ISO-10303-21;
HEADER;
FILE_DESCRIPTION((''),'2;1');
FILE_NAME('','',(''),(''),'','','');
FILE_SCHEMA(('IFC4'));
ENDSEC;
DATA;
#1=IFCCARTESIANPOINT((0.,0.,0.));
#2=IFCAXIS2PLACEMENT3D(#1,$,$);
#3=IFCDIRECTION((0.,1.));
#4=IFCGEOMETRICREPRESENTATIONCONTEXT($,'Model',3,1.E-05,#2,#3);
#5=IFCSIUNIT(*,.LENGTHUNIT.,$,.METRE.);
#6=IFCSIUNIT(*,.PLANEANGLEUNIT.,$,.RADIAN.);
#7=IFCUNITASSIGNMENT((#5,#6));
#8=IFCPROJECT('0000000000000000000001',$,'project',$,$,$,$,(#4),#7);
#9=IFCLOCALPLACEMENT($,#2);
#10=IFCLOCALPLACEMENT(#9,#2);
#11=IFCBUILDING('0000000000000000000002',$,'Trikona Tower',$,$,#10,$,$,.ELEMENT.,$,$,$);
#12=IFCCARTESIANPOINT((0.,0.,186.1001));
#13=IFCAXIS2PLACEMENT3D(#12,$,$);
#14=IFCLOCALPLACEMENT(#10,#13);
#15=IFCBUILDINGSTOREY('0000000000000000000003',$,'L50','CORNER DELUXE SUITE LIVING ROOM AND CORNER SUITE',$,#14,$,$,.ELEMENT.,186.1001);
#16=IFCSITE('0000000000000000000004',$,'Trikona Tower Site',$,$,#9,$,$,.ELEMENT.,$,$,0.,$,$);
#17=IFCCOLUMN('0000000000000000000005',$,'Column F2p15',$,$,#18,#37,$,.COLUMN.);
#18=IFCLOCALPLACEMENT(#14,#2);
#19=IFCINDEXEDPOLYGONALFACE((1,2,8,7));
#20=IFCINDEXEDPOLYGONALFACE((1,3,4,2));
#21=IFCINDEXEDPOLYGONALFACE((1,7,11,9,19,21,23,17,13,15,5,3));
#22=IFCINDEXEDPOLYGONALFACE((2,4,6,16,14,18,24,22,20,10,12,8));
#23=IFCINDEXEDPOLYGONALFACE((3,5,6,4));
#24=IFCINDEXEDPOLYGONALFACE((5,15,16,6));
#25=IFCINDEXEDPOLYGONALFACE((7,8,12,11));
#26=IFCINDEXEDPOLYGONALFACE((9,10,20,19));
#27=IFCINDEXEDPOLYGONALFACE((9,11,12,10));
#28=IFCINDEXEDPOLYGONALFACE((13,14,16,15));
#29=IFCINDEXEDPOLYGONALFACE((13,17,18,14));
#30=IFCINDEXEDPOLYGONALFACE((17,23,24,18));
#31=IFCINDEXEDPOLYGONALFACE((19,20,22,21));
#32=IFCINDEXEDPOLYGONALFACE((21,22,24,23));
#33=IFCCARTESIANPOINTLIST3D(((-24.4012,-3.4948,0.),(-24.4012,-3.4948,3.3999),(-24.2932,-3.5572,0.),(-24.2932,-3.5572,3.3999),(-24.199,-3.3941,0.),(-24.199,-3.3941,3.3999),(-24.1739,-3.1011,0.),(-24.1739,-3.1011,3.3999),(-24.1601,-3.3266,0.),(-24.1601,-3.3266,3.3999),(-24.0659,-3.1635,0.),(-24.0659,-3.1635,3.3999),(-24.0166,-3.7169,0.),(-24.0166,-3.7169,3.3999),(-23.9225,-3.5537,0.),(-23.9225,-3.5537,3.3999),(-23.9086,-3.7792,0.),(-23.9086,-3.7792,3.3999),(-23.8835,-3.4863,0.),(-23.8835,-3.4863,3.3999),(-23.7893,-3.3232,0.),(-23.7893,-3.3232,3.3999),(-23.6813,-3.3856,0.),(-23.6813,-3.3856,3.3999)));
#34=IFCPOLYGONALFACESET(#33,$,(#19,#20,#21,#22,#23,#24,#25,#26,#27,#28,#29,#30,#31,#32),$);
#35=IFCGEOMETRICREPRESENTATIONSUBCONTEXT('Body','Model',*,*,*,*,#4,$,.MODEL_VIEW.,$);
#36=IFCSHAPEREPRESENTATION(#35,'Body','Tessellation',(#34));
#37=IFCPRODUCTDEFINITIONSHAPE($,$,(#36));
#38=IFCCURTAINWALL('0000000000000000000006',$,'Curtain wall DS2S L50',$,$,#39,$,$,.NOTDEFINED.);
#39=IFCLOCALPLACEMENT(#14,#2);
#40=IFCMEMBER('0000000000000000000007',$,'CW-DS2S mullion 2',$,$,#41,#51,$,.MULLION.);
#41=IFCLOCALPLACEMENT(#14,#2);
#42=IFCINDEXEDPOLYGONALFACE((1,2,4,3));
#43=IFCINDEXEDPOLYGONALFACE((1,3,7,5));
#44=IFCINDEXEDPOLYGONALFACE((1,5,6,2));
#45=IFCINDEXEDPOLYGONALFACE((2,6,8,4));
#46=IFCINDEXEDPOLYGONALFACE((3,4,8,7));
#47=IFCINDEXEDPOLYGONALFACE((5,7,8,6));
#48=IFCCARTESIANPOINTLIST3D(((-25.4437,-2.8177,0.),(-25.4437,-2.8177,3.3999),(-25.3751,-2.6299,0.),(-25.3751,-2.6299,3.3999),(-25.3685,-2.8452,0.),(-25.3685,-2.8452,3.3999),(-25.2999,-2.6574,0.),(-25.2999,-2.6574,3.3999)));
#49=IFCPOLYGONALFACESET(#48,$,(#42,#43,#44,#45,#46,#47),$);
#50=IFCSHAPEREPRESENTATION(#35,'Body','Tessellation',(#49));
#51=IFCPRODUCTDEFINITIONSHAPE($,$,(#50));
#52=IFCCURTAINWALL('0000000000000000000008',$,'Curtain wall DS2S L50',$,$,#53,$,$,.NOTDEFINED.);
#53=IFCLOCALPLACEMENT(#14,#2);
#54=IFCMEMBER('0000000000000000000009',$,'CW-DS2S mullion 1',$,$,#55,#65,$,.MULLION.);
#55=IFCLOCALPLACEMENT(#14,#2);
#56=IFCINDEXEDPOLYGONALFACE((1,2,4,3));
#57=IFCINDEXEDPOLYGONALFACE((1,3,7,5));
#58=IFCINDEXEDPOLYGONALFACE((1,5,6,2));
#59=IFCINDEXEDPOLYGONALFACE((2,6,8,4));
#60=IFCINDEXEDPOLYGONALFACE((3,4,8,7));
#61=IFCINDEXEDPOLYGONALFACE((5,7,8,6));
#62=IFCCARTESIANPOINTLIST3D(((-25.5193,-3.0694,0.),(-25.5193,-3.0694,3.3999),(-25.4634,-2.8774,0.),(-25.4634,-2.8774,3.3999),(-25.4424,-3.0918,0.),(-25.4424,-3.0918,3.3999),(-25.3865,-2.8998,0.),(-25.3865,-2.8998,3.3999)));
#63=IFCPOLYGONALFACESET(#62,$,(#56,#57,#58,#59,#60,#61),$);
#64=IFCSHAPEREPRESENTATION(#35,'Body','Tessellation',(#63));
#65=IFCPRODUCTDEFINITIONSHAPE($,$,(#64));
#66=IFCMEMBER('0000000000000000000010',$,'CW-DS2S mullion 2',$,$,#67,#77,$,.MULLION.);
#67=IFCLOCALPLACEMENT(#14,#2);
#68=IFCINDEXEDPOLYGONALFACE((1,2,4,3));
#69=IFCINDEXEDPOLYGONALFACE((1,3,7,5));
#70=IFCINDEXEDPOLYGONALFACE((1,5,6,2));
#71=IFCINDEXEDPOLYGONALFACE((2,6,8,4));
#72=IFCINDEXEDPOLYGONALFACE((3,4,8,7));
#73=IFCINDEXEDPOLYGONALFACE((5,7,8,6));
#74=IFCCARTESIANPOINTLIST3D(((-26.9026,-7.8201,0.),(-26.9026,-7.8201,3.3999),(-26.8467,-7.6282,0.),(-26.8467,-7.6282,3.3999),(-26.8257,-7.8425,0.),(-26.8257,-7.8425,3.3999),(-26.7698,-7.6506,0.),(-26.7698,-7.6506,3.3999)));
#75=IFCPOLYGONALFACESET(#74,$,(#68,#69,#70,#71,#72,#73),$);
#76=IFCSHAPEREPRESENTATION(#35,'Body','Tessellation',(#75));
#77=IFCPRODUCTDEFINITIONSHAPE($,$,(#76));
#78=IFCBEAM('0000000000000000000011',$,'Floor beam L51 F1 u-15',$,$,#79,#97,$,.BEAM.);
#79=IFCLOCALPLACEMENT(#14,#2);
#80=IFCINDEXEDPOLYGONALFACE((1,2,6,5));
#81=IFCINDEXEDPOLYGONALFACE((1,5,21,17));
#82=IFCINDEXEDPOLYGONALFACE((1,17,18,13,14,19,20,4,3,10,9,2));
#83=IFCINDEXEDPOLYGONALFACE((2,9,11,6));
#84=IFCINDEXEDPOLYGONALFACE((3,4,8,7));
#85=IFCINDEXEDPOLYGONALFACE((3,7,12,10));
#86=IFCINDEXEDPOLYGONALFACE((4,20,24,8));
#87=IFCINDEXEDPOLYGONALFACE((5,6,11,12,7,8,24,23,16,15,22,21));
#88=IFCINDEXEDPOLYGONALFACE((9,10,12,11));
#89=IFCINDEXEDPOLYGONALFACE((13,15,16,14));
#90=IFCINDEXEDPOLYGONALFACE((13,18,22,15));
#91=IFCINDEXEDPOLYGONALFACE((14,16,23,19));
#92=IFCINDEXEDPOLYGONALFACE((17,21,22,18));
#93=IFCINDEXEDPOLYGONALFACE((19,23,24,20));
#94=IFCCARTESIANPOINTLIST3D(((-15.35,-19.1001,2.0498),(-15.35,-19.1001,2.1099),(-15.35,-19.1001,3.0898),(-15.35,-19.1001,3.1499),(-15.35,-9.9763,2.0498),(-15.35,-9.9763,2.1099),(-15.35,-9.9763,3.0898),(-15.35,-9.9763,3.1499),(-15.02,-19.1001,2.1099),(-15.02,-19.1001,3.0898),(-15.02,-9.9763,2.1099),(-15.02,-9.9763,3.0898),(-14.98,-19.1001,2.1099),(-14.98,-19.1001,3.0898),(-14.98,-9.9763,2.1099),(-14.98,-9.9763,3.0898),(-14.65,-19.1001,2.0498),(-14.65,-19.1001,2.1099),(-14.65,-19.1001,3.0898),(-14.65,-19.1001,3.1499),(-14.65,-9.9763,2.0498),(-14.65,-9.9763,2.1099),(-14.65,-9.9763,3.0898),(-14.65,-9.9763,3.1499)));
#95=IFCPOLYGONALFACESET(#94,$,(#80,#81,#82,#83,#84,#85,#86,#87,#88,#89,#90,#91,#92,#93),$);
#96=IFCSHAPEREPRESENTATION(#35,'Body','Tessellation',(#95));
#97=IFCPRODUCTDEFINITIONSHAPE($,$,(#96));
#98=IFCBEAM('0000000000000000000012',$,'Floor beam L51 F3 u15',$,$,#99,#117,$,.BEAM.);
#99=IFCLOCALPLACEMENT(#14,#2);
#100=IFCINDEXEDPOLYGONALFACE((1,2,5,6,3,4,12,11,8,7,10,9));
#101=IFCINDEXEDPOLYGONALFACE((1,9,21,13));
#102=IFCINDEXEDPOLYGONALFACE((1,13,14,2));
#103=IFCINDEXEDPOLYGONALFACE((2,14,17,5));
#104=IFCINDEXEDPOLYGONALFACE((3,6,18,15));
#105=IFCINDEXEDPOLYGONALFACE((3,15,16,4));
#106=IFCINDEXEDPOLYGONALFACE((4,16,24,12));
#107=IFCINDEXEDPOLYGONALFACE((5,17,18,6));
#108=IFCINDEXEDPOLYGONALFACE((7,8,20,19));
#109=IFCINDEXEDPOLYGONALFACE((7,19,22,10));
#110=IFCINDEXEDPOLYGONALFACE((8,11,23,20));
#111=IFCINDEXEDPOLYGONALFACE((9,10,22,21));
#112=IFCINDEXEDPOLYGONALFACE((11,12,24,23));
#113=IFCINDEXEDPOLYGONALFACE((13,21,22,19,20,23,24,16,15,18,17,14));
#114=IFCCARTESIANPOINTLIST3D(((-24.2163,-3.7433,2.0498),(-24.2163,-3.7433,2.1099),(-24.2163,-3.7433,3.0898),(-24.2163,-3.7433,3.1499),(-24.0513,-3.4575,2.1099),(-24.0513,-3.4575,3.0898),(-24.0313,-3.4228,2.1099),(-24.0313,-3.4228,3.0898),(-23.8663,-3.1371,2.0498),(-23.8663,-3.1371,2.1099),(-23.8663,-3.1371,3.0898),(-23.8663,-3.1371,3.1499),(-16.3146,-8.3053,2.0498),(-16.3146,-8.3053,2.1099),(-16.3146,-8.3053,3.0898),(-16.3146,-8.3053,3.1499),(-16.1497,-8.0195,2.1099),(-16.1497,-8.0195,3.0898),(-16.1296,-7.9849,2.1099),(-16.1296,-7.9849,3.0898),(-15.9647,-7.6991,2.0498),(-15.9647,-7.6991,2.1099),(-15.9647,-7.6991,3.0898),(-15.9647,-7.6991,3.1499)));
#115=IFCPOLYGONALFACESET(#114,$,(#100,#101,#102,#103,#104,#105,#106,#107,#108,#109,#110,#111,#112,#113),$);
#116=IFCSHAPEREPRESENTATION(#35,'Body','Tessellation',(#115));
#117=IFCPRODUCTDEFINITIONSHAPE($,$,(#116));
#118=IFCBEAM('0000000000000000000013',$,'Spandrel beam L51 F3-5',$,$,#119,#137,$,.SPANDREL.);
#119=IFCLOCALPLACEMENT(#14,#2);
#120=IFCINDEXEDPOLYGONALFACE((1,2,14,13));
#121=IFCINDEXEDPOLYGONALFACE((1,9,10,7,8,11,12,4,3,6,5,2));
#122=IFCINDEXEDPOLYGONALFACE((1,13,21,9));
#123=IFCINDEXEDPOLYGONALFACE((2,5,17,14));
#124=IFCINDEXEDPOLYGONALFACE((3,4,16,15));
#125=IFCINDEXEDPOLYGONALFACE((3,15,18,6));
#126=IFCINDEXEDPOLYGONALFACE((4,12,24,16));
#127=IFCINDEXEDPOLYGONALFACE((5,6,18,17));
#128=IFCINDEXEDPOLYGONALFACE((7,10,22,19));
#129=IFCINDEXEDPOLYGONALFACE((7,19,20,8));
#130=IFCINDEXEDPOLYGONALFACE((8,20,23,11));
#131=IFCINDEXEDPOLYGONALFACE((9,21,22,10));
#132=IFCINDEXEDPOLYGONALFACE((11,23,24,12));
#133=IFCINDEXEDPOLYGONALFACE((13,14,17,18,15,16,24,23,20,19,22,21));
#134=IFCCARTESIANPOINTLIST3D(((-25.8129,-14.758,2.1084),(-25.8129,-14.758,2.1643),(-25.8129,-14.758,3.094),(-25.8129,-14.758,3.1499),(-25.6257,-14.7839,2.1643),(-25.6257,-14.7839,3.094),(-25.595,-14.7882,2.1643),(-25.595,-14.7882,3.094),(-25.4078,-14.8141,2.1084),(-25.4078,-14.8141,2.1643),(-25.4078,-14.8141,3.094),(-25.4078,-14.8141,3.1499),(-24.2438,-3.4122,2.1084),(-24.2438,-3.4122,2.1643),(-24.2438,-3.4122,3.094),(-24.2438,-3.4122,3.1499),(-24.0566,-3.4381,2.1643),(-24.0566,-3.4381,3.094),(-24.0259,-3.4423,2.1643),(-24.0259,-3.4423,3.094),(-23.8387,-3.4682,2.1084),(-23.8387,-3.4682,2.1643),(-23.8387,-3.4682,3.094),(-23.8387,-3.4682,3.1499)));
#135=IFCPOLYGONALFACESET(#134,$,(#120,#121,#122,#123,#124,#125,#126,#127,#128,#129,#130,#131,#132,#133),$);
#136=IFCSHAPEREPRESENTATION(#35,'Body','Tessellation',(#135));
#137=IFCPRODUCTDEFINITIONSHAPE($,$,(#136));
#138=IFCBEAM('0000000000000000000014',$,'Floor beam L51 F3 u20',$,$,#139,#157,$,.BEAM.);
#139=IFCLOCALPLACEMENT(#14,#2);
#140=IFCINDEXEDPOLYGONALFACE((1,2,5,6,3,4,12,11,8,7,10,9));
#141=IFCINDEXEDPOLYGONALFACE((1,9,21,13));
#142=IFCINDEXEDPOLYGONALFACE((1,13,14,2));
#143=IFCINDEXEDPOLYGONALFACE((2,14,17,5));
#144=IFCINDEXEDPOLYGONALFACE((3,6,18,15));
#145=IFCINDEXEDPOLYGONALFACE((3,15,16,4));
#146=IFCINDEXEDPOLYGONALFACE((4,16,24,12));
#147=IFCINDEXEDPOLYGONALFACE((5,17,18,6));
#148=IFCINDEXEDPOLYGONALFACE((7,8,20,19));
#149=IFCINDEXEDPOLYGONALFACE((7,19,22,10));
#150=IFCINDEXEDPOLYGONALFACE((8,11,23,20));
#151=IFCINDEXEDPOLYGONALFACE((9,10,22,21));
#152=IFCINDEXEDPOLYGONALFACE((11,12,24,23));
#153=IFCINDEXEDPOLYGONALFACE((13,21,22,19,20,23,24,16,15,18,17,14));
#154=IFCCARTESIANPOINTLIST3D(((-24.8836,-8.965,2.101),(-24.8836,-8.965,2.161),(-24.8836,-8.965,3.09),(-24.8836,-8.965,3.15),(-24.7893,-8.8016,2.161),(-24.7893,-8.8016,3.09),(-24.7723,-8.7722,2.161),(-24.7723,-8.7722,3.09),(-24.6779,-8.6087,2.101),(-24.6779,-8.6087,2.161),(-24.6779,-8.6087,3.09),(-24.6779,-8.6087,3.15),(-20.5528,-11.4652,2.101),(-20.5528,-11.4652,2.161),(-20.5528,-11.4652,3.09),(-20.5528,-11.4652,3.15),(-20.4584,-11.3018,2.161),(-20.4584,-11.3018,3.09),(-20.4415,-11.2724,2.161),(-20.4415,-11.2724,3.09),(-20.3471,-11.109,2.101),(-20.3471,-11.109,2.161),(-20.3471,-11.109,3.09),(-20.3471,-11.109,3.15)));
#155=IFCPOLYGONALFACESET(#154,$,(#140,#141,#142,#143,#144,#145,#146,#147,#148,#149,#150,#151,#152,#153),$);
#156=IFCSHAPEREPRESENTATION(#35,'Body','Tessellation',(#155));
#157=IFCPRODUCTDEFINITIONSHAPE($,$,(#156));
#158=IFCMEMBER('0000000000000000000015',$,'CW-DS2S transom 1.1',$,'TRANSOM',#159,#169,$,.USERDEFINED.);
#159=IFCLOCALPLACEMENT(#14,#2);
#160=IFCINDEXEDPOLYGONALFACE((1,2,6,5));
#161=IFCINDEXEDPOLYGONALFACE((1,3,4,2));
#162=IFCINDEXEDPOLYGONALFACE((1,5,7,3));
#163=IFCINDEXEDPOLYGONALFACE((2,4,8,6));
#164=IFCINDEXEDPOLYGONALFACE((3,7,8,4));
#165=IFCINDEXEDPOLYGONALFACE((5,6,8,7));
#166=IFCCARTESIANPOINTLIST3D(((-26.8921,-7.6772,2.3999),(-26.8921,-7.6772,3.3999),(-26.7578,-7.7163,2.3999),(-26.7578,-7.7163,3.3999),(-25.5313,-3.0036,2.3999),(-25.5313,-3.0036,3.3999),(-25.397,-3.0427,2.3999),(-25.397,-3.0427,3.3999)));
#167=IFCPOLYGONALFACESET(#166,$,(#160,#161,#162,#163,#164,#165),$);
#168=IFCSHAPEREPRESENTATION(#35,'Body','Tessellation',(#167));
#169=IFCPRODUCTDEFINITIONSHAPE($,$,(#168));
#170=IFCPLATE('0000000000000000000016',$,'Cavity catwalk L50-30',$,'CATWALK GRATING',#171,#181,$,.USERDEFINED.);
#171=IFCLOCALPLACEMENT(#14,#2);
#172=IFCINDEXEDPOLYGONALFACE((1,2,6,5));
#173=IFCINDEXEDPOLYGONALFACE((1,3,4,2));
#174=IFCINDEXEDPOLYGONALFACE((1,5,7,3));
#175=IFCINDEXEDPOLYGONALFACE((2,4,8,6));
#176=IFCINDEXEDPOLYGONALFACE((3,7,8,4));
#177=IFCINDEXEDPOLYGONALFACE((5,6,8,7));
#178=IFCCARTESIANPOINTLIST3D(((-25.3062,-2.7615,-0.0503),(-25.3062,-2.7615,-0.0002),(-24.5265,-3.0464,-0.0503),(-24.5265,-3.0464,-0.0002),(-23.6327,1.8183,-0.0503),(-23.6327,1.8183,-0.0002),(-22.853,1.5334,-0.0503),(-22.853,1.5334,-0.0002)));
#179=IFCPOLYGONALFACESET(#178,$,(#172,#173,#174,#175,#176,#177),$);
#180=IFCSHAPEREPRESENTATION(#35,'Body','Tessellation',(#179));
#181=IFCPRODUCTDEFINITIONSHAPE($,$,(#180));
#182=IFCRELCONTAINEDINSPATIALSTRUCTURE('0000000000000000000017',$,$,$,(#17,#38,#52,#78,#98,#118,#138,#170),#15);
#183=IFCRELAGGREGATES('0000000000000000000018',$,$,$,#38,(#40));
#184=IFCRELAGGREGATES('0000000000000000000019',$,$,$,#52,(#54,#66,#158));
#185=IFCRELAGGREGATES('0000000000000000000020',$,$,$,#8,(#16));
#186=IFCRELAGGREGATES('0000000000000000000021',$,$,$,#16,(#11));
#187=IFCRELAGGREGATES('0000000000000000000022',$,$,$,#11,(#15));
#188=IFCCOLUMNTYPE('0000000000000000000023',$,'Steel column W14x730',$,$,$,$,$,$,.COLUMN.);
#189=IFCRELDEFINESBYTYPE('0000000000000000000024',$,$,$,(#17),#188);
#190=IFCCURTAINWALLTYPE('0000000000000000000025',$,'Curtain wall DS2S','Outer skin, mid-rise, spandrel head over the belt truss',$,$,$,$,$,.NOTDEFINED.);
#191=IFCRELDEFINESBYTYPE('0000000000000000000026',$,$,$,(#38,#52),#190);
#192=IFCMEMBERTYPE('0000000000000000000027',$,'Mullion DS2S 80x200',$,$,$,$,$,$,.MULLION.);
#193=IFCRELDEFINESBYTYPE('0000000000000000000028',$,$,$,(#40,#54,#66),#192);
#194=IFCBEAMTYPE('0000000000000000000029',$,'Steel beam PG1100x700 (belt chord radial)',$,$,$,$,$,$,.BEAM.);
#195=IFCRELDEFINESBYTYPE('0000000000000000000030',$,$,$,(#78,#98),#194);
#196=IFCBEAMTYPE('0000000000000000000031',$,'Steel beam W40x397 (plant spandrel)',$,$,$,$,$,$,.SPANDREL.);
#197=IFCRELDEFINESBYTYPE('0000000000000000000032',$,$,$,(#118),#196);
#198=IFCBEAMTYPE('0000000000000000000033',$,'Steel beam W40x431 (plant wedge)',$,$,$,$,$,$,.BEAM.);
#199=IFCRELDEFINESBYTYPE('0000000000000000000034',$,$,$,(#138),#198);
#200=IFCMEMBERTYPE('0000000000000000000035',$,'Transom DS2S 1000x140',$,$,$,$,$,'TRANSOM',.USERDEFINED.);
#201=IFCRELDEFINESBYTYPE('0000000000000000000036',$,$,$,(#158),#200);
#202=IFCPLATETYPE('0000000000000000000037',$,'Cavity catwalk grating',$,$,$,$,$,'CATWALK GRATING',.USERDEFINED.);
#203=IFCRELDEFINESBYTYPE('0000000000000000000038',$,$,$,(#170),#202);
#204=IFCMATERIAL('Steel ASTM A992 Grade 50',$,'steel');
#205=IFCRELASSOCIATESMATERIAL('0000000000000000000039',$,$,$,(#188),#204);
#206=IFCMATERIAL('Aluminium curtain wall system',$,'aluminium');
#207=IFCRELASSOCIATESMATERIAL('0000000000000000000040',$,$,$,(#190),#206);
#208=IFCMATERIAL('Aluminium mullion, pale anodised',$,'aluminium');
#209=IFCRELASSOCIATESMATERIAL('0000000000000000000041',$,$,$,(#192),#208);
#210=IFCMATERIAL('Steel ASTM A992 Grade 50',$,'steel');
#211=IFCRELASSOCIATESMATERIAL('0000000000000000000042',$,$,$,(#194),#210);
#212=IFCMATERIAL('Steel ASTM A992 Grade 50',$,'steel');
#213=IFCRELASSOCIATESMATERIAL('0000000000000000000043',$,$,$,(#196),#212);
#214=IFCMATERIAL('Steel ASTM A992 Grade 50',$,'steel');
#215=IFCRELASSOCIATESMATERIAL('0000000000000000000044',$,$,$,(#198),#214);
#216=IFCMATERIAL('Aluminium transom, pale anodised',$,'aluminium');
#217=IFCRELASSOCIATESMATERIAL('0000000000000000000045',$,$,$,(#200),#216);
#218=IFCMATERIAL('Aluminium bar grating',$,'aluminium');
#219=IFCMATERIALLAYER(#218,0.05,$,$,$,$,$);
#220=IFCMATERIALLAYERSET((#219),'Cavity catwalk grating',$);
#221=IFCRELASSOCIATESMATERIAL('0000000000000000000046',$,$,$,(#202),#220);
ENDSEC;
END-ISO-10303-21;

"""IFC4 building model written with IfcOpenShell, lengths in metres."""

from ifc_helpers import new_model, si_unit, direction, frame, origin, origin_2d, place, context, subcontext, project, spatial, rectangle, i_section, extrude, material, layer, layer_set, material_profile, profile_set, type_object, element, aggregate, save


model = new_model("IFC4")

# Units and contexts
model_context = context("Model", 3, precision=1e-05, world=origin(), true_north=direction((0.0, 1.0)))
body_context = subcontext(model_context, "Body", "Model", "MODEL_VIEW")
ifc_project = project(units=[si_unit("LENGTHUNIT", "METRE"), si_unit("PLANEANGLEUNIT", "RADIAN")], contexts=[model_context])

# Site, building, storey
site_placement = place(None, origin())
site = spatial("IfcSite", under=ifc_project, at=site_placement, Name="Trikona Tower Site", CompositionType="ELEMENT", RefElevation=0.0)
building_placement = place(site_placement, origin())
building = spatial("IfcBuilding", under=site, at=building_placement, Name="Trikona Tower", CompositionType="ELEMENT")
storey_placement = place(building_placement, frame((0.0, 0.0, 186.1001)))
storey = spatial("IfcBuildingStorey", under=building, at=storey_placement, Name="L50", Description="CORNER DELUXE SUITE LIVING ROOM AND CORNER SUITE", CompositionType="ELEMENT", Elevation=186.1001)

# Column
ifc_material_1 = material(Name="Steel ASTM A992 Grade 50", Category="steel")
ifc_material_profile_1 = material_profile(ifc_material_1, i_section(OverallWidth=0.4546, OverallDepth=0.5688, WebThickness=0.0779, FlangeThickness=0.1248, at=origin_2d()), Name="W14X730")
ifc_profile_set_1 = profile_set([ifc_material_profile_1], Name="Steel ASTM A992 Grade 50")
column_type = type_object("IfcColumnType", Name="Steel column W14x730", PredefinedType="COLUMN", material=ifc_profile_set_1)
column_placement = place(storey_placement, frame((-24.0413, -3.4402, 0.0), z_axis=(0.0, 0.0, 1.0), x_axis=(-0.5, -0.866025, 0.0)))
element("IfcColumn", 1, at=column_placement, inside=storey, type_object=column_type, Name="Column F2p15", PredefinedType="COLUMN", context=body_context, shape_type="SweptSolid", body=[
    extrude(i_section(OverallWidth=0.4546, OverallDepth=0.5688, WebThickness=0.0779, FlangeThickness=0.1248, at=origin_2d()), origin(), (0.0, 0.0, 1.0), 3.3999),
])

# Curtain wall, member
ifc_material_2 = material(Name="Aluminium curtain wall system", Category="aluminium")
curtain_wall_type = type_object("IfcCurtainWallType", Name="Curtain wall DS2S", Description="Outer skin, mid-rise, spandrel head over the belt truss", PredefinedType="NOTDEFINED", material=ifc_material_2)
curtain_wall_1_placement = place(storey_placement, origin())
curtain_wall_1 = element("IfcCurtainWall", 2, at=curtain_wall_1_placement, inside=storey, type_object=curtain_wall_type, Name="Curtain wall DS2S L50", PredefinedType="NOTDEFINED")
ifc_material_3 = material(Name="Aluminium mullion, pale anodised", Category="aluminium")
ifc_material_profile_2 = material_profile(ifc_material_3, rectangle(XDim=0.0801, YDim=0.2, at=origin_2d()), Name="MUL-DS2S")
ifc_profile_set_2 = profile_set([ifc_material_profile_2], Name="Aluminium mullion, pale anodised")
member_type_1 = type_object("IfcMemberType", Name="Mullion DS2S 80x200", PredefinedType="MULLION", material=ifc_profile_set_2)
member_1_placement = place(storey_placement, frame((-25.3718, -2.7375, 0.0), z_axis=(0.0, 0.0, 1.0), x_axis=(0.939254, -0.343223, 0.0)))
member_1 = element("IfcMember", 3, at=member_1_placement, type_object=member_type_1, Name="CW-DS2S mullion 2", PredefinedType="MULLION", context=body_context, shape_type="SweptSolid", body=[
    extrude(rectangle(XDim=0.0801, YDim=0.2, at=origin_2d()), origin(), (0.0, 0.0, 1.0), 3.3999),
])
aggregate(curtain_wall_1, [member_1])

# Curtain wall, members
curtain_wall_2_placement = place(storey_placement, origin())
curtain_wall_2 = element("IfcCurtainWall", 4, at=curtain_wall_2_placement, inside=storey, type_object=curtain_wall_type, Name="Curtain wall DS2S L50", PredefinedType="NOTDEFINED")
member_2_placement = place(storey_placement, frame((-25.4529, -2.9846, 0.0), z_axis=(0.0, 0.0, 1.0), x_axis=(0.960133, -0.279543, 0.0)))
member_2 = element("IfcMember", 5, at=member_2_placement, type_object=member_type_1, Name="CW-DS2S mullion 1", PredefinedType="MULLION", context=body_context, shape_type="SweptSolid", body=[
    extrude(rectangle(XDim=0.0801, YDim=0.2, at=origin_2d()), origin(), (0.0, 0.0, 1.0), 3.3999),
])
member_3_placement = place(storey_placement, frame((-26.8362, -7.7354, 0.0), z_axis=(0.0, 0.0, 1.0), x_axis=(0.960133, -0.279543, 0.0)))
member_3 = element("IfcMember", 6, at=member_3_placement, type_object=member_type_1, Name="CW-DS2S mullion 2", PredefinedType="MULLION", context=body_context, shape_type="SweptSolid", body=[
    extrude(rectangle(XDim=0.0801, YDim=0.2, at=origin_2d()), origin(), (0.0, 0.0, 1.0), 3.3999),
])

# Beams
ifc_material_4 = material(Name="Steel ASTM A992 Grade 50", Category="steel")
ifc_material_profile_3 = material_profile(ifc_material_4, i_section(OverallWidth=0.7, OverallDepth=1.1001, WebThickness=0.04, FlangeThickness=0.0601, at=origin_2d()), Name="PG1100X700")
ifc_profile_set_3 = profile_set([ifc_material_profile_3], Name="Steel ASTM A992 Grade 50")
beam_type_1 = type_object("IfcBeamType", Name="Steel beam PG1100x700 (belt chord radial)", PredefinedType="BEAM", material=ifc_profile_set_3)
beam_1_placement = place(storey_placement, frame((-15.0, -9.9763, 2.5999), z_axis=(0.0, -1.0, 0.0), x_axis=(1.0, 0.0, 0.0)))
element("IfcBeam", 7, at=beam_1_placement, inside=storey, type_object=beam_type_1, Name="Floor beam L51 F1 u-15", PredefinedType="BEAM", context=body_context, shape_type="SweptSolid", body=[
    extrude(i_section(OverallWidth=0.7, OverallDepth=1.1001, WebThickness=0.04, FlangeThickness=0.0601, at=origin_2d()), origin(), (0.0, 0.0, 1.0), 9.1238),
])
beam_2_placement = place(storey_placement, frame((-16.1396, -8.0022, 2.5999), z_axis=(-0.866025, 0.500001, 0.0), x_axis=(-0.500001, -0.866025, 0.0)))
element("IfcBeam", 8, at=beam_2_placement, inside=storey, type_object=beam_type_1, Name="Floor beam L51 F3 u15", PredefinedType="BEAM", context=body_context, shape_type="SweptSolid", body=[
    extrude(i_section(OverallWidth=0.7, OverallDepth=1.1001, WebThickness=0.04, FlangeThickness=0.0601, at=origin_2d()), origin(), (0.0, 0.0, 1.0), 9.124),
])
ifc_material_5 = material(Name="Steel ASTM A992 Grade 50", Category="steel")
ifc_material_profile_4 = material_profile(ifc_material_5, i_section(OverallWidth=0.4089, OverallDepth=1.0415, WebThickness=0.031, FlangeThickness=0.0559, at=origin_2d()), Name="W40X397")
ifc_profile_set_4 = profile_set([ifc_material_profile_4], Name="Steel ASTM A992 Grade 50")
beam_type_2 = type_object("IfcBeamType", Name="Steel beam W40x397 (plant spandrel)", PredefinedType="SPANDREL", material=ifc_profile_set_4)
beam_3_placement = place(storey_placement, frame((-24.0413, -3.4402, 2.6292), z_axis=(-0.136992, -0.990572, 0.0), x_axis=(0.990572, -0.136992, 0.0)))
element("IfcBeam", 9, at=beam_3_placement, inside=storey, type_object=beam_type_2, Name="Spandrel beam L51 F3-5", PredefinedType="SPANDREL", context=body_context, shape_type="SweptSolid", body=[
    extrude(i_section(OverallWidth=0.4089, OverallDepth=1.0415, WebThickness=0.031, FlangeThickness=0.0559, at=origin_2d()), origin(), (0.0, 0.0, 1.0), 11.4539),
])
ifc_material_6 = material(Name="Steel ASTM A992 Grade 50", Category="steel")
ifc_material_profile_5 = material_profile(ifc_material_6, i_section(OverallWidth=0.4114, OverallDepth=1.0491, WebThickness=0.0339, FlangeThickness=0.0601, at=origin_2d()), Name="W40X431")
ifc_profile_set_5 = profile_set([ifc_material_profile_5], Name="Steel ASTM A992 Grade 50")
beam_type_3 = type_object("IfcBeamType", Name="Steel beam W40x431 (plant wedge)", PredefinedType="BEAM", material=ifc_profile_set_5)
beam_4_placement = place(storey_placement, frame((-20.45, -11.2871, 2.6255), z_axis=(-0.866038, 0.499977, 0.0), x_axis=(-0.499977, -0.866038, 0.0)))
element("IfcBeam", 10, at=beam_4_placement, inside=storey, type_object=beam_type_3, Name="Floor beam L51 F3 u20", PredefinedType="BEAM", context=body_context, shape_type="SweptSolid", body=[
    extrude(i_section(OverallWidth=0.4114, OverallDepth=1.0491, WebThickness=0.0339, FlangeThickness=0.0601, at=origin_2d()), origin(), (0.0, 0.0, 1.0), 5.0007),
])

# Member
ifc_material_7 = material(Name="Aluminium transom, pale anodised", Category="aluminium")
ifc_material_profile_6 = material_profile(ifc_material_7, rectangle(XDim=0.1399, YDim=1.0, at=origin_2d()), Name="TRN-DS2S")
ifc_profile_set_6 = profile_set([ifc_material_profile_6], Name="Aluminium transom, pale anodised")
member_type_2 = type_object("IfcMemberType", Name="Transom DS2S 1000x140", ElementType="TRANSOM", PredefinedType="USERDEFINED", material=ifc_profile_set_6)
member_4_placement = place(storey_placement, frame((-25.4641, -3.0232, 2.8999), z_axis=(-0.279567, -0.960126, 0.0), x_axis=(0.960126, -0.279567, 0.0)))
member_4 = element("IfcMember", 11, at=member_4_placement, type_object=member_type_2, Name="CW-DS2S transom 1.1", ObjectType="TRANSOM", PredefinedType="USERDEFINED", context=body_context, shape_type="SweptSolid", body=[
    extrude(rectangle(XDim=0.1399, YDim=1.0, at=origin_2d()), origin(), (0.0, 0.0, 1.0), 4.8677),
])

# Plate
ifc_material_8 = material(Name="Aluminium bar grating", Category="aluminium")
ifc_layer_1 = layer(ifc_material_8, 0.05)
ifc_layer_set_1 = layer_set([ifc_layer_1], Name="Cavity catwalk grating")
plate_type_1 = type_object("IfcPlateType", Name="Cavity catwalk grating", ElementType="CATWALK GRATING", PredefinedType="USERDEFINED", material=ifc_layer_set_1)
plate_1_placement = place(storey_placement, frame((-24.0796, -0.614, -0.0503), z_axis=(0.0, 0.0, 1.0), x_axis=(-0.34322, -0.939255, 0.0)))
element("IfcPlate", 12, at=plate_1_placement, inside=storey, type_object=plate_type_1, Name="Cavity catwalk L50-30", ObjectType="CATWALK GRATING", PredefinedType="USERDEFINED", context=body_context, shape_type="SweptSolid", body=[
    extrude(rectangle(XDim=4.876, YDim=0.8301, at=origin_2d()), origin(), (0.0, 0.0, 1.0), 0.05),
])

aggregate(curtain_wall_2, [member_2, member_3, member_4])

save(model, "model.ifc")
